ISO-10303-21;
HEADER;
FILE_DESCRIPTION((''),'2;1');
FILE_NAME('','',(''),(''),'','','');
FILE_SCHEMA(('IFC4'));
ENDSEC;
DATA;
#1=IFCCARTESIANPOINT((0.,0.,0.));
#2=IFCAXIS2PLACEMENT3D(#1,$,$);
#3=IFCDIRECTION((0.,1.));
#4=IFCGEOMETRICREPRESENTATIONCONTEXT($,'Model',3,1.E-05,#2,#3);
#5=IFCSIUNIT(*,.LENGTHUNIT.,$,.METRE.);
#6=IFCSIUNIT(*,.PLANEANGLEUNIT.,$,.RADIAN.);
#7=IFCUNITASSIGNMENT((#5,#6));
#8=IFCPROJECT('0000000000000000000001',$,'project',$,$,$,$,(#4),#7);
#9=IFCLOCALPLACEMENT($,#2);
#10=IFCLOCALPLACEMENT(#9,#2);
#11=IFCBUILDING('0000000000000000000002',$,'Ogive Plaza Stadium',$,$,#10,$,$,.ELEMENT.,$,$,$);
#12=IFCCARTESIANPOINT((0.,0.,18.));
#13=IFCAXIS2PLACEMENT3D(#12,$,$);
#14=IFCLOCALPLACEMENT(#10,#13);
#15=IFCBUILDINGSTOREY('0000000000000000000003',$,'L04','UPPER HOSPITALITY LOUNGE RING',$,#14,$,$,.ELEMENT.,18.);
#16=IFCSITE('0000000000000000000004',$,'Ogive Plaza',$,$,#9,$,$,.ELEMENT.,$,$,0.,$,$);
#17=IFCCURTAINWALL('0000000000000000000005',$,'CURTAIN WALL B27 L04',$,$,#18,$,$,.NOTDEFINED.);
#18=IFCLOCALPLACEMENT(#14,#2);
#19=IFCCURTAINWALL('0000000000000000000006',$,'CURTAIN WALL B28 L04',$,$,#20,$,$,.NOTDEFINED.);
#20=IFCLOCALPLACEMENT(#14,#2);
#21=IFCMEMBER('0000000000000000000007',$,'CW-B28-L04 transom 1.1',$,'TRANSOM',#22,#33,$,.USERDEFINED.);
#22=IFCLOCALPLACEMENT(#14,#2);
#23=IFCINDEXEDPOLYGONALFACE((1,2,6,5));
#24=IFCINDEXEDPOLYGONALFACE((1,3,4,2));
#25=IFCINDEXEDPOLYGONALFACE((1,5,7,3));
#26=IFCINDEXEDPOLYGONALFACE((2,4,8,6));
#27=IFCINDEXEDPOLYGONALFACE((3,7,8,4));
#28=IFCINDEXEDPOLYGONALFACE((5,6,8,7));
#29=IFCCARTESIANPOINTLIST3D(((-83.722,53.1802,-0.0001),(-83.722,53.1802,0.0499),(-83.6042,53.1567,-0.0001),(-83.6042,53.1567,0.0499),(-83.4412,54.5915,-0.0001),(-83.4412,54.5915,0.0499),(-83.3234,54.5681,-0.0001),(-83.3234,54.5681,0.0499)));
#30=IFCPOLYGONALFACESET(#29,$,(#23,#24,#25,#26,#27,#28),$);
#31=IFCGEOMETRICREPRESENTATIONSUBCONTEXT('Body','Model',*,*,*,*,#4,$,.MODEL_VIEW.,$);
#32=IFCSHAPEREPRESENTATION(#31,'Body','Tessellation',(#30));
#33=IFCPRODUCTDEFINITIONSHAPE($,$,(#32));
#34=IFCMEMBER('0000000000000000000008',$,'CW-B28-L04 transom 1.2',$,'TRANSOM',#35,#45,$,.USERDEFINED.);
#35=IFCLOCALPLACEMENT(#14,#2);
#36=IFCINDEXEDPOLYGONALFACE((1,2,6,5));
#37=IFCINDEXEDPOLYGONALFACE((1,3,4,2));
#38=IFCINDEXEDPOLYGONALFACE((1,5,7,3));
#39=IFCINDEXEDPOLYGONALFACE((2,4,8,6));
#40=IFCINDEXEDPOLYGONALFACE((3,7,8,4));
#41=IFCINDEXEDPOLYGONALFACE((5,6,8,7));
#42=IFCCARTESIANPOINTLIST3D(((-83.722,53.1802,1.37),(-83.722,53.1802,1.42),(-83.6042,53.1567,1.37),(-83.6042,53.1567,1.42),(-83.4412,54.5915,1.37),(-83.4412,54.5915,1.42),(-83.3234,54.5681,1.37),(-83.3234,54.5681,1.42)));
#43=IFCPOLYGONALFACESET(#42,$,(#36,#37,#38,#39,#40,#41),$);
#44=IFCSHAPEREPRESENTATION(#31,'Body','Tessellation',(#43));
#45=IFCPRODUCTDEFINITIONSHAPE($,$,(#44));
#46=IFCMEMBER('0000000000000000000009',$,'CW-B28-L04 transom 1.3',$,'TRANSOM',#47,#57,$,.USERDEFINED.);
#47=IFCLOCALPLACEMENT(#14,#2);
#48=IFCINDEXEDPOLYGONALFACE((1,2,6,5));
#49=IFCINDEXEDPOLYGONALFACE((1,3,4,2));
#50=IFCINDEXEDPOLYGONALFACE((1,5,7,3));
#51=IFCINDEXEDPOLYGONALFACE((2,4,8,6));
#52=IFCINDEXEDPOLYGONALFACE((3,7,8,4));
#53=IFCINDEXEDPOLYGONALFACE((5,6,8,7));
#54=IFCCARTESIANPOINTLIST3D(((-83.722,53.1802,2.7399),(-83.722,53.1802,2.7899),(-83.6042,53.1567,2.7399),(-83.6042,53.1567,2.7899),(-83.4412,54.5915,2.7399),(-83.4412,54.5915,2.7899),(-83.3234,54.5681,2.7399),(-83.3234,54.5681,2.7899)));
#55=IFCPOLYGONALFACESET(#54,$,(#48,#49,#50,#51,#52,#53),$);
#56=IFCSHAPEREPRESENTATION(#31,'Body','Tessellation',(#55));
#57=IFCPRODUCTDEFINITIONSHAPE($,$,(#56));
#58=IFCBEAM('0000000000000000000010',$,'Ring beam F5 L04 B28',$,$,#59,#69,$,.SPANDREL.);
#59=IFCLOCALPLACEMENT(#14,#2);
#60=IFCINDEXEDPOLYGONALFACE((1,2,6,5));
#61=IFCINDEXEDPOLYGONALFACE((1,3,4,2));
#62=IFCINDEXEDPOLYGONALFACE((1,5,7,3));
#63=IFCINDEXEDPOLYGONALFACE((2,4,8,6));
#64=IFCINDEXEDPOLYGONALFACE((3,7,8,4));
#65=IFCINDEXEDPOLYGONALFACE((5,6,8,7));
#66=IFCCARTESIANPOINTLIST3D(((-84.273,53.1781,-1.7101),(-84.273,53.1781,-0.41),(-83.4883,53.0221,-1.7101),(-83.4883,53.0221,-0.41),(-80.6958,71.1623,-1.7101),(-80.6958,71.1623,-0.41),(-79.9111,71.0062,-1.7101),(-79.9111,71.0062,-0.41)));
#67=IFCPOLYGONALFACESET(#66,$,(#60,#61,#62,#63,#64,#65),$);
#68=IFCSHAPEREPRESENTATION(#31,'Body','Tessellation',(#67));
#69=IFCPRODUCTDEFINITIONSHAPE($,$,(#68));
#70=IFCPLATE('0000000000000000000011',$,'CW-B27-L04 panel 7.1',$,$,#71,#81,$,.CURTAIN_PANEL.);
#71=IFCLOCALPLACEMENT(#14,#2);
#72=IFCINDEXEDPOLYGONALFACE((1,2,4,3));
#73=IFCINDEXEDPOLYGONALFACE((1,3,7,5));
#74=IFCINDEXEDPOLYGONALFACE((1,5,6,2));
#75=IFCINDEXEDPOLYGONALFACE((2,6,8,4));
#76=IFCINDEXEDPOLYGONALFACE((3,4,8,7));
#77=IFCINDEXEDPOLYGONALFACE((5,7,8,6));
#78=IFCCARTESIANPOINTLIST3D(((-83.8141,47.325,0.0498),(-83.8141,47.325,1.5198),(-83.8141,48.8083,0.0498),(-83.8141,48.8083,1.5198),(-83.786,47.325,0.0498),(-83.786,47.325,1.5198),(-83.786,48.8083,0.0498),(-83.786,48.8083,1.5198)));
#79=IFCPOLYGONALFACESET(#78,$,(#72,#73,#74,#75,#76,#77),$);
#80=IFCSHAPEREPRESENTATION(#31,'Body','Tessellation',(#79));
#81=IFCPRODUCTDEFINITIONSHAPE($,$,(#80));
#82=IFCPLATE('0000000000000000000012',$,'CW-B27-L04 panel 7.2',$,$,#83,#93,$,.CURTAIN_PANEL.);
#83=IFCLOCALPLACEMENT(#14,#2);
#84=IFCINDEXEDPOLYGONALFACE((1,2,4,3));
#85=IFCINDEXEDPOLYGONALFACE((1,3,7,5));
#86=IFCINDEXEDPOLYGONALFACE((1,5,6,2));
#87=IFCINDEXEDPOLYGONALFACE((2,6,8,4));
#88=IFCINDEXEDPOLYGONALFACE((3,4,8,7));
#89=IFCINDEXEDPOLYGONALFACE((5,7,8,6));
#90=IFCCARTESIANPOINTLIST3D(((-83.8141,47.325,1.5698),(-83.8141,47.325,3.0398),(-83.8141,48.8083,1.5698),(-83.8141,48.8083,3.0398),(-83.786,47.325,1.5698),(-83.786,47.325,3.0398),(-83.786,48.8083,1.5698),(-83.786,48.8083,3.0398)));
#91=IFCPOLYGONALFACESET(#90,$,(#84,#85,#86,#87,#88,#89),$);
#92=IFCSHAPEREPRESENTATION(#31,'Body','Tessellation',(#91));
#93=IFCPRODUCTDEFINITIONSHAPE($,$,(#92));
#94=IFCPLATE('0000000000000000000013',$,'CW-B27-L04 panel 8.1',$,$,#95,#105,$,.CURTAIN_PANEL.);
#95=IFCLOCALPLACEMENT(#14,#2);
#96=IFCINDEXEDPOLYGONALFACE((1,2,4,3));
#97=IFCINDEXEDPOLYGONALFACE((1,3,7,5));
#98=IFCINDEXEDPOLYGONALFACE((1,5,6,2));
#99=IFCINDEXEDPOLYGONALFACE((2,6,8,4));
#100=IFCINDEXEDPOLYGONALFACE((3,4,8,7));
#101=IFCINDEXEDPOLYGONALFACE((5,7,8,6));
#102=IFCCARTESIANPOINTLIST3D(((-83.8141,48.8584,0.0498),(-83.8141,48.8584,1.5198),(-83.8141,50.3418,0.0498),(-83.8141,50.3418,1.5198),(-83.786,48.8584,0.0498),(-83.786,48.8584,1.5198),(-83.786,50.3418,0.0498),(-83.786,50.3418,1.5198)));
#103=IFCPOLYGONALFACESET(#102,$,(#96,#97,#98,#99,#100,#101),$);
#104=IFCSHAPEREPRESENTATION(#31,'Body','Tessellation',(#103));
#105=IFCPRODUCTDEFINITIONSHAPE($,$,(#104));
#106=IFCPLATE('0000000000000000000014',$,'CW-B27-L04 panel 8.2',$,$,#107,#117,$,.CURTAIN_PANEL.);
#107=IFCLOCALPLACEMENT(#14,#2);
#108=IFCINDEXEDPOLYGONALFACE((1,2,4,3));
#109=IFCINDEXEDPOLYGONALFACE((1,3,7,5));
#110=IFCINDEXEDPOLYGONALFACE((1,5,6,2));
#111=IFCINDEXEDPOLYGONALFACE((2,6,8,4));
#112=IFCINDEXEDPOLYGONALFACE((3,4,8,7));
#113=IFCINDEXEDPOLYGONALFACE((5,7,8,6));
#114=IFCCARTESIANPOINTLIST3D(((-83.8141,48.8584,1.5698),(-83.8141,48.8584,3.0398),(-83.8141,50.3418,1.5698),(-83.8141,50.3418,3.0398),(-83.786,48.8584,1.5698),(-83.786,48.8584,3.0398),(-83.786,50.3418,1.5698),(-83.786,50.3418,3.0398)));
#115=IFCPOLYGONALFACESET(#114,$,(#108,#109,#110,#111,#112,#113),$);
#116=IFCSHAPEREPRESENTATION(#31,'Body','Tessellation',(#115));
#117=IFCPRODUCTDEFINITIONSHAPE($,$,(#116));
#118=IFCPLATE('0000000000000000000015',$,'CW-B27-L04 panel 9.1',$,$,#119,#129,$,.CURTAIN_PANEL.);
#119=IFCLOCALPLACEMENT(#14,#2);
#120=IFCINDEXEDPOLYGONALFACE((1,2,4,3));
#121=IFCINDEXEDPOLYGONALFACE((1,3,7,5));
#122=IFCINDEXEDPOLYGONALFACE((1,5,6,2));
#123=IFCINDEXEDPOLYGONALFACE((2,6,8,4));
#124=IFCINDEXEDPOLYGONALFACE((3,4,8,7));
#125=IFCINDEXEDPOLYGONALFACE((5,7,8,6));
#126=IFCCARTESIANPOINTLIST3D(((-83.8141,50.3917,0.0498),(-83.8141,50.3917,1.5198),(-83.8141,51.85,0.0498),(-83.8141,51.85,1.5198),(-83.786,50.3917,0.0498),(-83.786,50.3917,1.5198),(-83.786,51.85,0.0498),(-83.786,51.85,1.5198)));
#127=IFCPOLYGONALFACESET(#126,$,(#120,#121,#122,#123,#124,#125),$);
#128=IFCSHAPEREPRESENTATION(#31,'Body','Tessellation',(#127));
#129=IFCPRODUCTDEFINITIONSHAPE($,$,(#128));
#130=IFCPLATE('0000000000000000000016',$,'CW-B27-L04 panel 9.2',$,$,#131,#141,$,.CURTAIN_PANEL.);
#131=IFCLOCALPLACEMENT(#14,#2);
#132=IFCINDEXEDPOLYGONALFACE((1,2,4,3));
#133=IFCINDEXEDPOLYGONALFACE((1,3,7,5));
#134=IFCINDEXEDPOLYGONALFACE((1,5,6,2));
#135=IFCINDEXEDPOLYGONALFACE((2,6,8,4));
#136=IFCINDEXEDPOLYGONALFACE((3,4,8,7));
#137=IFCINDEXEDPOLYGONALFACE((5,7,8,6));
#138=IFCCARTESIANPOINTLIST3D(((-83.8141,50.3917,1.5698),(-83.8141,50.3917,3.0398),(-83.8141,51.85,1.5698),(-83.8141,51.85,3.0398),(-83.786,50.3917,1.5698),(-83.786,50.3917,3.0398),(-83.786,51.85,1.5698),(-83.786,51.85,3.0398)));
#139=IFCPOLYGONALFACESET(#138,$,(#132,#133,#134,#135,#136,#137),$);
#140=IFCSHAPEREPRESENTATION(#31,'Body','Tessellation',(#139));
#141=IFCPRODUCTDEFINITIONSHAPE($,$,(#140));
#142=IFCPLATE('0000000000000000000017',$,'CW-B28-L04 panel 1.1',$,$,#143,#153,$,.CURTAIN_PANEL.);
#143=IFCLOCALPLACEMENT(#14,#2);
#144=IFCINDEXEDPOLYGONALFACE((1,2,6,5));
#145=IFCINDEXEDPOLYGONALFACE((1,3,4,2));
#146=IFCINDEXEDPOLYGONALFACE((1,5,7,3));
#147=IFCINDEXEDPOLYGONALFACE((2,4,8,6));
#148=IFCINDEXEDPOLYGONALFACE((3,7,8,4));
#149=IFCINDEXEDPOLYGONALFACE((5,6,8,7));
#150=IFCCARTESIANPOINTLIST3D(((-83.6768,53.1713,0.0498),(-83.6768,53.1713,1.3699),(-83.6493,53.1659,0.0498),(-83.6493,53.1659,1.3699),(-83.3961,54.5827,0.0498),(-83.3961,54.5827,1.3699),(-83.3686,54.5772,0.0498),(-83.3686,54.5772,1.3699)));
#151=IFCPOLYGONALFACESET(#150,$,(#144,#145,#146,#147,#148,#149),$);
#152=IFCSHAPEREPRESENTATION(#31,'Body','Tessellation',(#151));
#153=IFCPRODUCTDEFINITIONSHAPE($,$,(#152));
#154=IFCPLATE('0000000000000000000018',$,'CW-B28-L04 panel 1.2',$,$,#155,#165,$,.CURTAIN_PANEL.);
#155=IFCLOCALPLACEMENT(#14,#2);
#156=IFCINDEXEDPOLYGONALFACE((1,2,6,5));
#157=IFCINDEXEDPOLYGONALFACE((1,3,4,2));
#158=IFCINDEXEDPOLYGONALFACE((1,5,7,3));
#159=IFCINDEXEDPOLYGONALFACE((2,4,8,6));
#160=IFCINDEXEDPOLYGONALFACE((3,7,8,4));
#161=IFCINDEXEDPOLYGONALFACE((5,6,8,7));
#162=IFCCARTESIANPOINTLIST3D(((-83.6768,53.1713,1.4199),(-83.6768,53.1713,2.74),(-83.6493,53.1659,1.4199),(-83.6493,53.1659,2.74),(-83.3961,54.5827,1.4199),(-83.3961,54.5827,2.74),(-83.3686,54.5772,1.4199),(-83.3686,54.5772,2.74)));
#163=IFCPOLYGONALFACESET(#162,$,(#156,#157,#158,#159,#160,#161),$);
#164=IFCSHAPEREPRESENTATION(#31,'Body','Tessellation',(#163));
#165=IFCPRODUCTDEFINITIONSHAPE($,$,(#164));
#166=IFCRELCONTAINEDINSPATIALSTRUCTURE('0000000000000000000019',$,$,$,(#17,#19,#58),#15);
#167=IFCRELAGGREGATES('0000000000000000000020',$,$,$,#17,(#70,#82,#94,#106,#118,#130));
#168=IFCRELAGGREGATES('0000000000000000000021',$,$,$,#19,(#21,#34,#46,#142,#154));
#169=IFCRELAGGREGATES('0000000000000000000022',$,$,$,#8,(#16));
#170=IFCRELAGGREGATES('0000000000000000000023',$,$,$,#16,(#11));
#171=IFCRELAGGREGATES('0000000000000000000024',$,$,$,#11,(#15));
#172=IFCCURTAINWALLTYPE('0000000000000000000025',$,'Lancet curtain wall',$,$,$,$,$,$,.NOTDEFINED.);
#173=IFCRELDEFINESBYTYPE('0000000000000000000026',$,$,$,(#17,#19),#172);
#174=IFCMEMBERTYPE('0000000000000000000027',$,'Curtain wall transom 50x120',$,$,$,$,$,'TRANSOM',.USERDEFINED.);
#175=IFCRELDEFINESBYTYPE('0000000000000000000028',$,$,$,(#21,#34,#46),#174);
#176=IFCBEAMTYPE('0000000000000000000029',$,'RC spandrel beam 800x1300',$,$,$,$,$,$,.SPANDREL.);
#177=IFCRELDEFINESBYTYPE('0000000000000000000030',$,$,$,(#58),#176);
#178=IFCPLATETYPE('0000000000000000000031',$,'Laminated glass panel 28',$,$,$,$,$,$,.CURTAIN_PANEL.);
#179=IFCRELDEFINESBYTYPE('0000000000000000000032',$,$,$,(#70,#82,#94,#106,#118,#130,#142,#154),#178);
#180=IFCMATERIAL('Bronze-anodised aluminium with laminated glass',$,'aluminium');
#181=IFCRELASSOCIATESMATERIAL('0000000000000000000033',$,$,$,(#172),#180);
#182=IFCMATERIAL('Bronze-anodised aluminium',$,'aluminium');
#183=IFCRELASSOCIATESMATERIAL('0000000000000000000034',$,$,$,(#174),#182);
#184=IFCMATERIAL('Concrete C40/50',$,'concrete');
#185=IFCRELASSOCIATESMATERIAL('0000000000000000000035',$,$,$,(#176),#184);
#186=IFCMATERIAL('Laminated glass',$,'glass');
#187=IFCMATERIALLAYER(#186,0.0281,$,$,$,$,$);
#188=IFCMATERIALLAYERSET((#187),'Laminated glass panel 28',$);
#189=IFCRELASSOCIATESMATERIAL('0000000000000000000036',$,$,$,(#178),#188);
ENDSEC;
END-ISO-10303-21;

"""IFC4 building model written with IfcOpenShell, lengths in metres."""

from ifc_helpers import new_model, si_unit, direction, frame, origin, origin_2d, place, context, subcontext, project, spatial, rectangle, extrude, material, layer, layer_set, material_profile, profile_set, type_object, element, aggregate, save


model = new_model("IFC4")

# Units and contexts
model_context = context("Model", 3, precision=1e-05, world=origin(), true_north=direction((0.0, 1.0)))
body_context = subcontext(model_context, "Body", "Model", "MODEL_VIEW")
ifc_project = project(units=[si_unit("LENGTHUNIT", "METRE"), si_unit("PLANEANGLEUNIT", "RADIAN")], contexts=[model_context])

# Site, building, storey
site_placement = place(None, origin())
site = spatial("IfcSite", under=ifc_project, at=site_placement, Name="Ogive Plaza", CompositionType="ELEMENT", RefElevation=0.0)
building_placement = place(site_placement, origin())
building = spatial("IfcBuilding", under=site, at=building_placement, Name="Ogive Plaza Stadium", CompositionType="ELEMENT")
storey_placement = place(building_placement, frame((0.0, 0.0, 18.0)))
storey = spatial("IfcBuildingStorey", under=building, at=storey_placement, Name="L04", Description="UPPER HOSPITALITY LOUNGE RING", CompositionType="ELEMENT", Elevation=18.0)

# Curtain wall
ifc_material_1 = material(Name="Bronze-anodised aluminium with laminated glass", Category="aluminium")
curtain_wall_type = type_object("IfcCurtainWallType", Name="Lancet curtain wall", PredefinedType="NOTDEFINED", material=ifc_material_1)
curtain_wall_1_placement = place(storey_placement, origin())
curtain_wall_1 = element("IfcCurtainWall", 1, at=curtain_wall_1_placement, inside=storey, type_object=curtain_wall_type, Name="CURTAIN WALL B27 L04", PredefinedType="NOTDEFINED")

# Curtain wall
curtain_wall_2_placement = place(storey_placement, origin())
curtain_wall_2 = element("IfcCurtainWall", 2, at=curtain_wall_2_placement, inside=storey, type_object=curtain_wall_type, Name="CURTAIN WALL B28 L04", PredefinedType="NOTDEFINED")

# Members
ifc_material_2 = material(Name="Bronze-anodised aluminium", Category="aluminium")
ifc_material_profile_1 = material_profile(ifc_material_2, rectangle(XDim=0.1201, YDim=0.05, at=origin_2d()), Name="AL 120x50")
ifc_profile_set_1 = profile_set([ifc_material_profile_1], Name="Bronze-anodised aluminium")
member_type_1 = type_object("IfcMemberType", Name="Curtain wall transom 50x120", ElementType="TRANSOM", PredefinedType="USERDEFINED", material=ifc_profile_set_1)
member_1_placement = place(storey_placement, frame((-83.6631, 53.1685, 0.0249), z_axis=(0.195105, 0.980782, 0.0), x_axis=(-0.980782, 0.195105, 0.0)))
member_1 = element("IfcMember", 3, at=member_1_placement, type_object=member_type_1, Name="CW-B28-L04 transom 1.1", ObjectType="TRANSOM", PredefinedType="USERDEFINED", context=body_context, shape_type="SweptSolid", body=[
    extrude(rectangle(XDim=0.1201, YDim=0.05, at=origin_2d()), origin(), (0.0, 0.0, 1.0), 1.439),
])
member_2_placement = place(storey_placement, frame((-83.6631, 53.1685, 1.395), z_axis=(0.195105, 0.980782, 0.0), x_axis=(-0.980782, 0.195105, 0.0)))
member_2 = element("IfcMember", 4, at=member_2_placement, type_object=member_type_1, Name="CW-B28-L04 transom 1.2", ObjectType="TRANSOM", PredefinedType="USERDEFINED", context=body_context, shape_type="SweptSolid", body=[
    extrude(rectangle(XDim=0.1201, YDim=0.05, at=origin_2d()), origin(), (0.0, 0.0, 1.0), 1.439),
])
member_3_placement = place(storey_placement, frame((-83.6631, 53.1685, 2.7649), z_axis=(0.195105, 0.980782, 0.0), x_axis=(-0.980782, 0.195105, 0.0)))
member_3 = element("IfcMember", 5, at=member_3_placement, type_object=member_type_1, Name="CW-B28-L04 transom 1.3", ObjectType="TRANSOM", PredefinedType="USERDEFINED", context=body_context, shape_type="SweptSolid", body=[
    extrude(rectangle(XDim=0.1201, YDim=0.05, at=origin_2d()), origin(), (0.0, 0.0, 1.0), 1.439),
])

# Beam
ifc_material_3 = material(Name="Concrete C40/50", Category="concrete")
ifc_material_profile_2 = material_profile(ifc_material_3, rectangle(XDim=0.8, YDim=1.3, at=origin_2d()), Name="RC 800x1300")
ifc_profile_set_2 = profile_set([ifc_material_profile_2], Name="Concrete C40/50")
beam_type = type_object("IfcBeamType", Name="RC spandrel beam 800x1300", PredefinedType="SPANDREL", material=ifc_profile_set_2)
beam_placement = place(storey_placement, frame((-83.8806, 53.1001, -1.0601), z_axis=(0.195084, 0.980787, 0.0), x_axis=(-0.980787, 0.195084, 0.0)))
element("IfcBeam", 6, at=beam_placement, inside=storey, type_object=beam_type, Name="Ring beam F5 L04 B28", PredefinedType="SPANDREL", context=body_context, shape_type="SweptSolid", body=[
    extrude(rectangle(XDim=0.8, YDim=1.3, at=origin_2d()), origin(), (0.0, 0.0, 1.0), 18.3364),
])

# Plates
ifc_material_4 = material(Name="Laminated glass", Category="glass")
ifc_layer = layer(ifc_material_4, 0.0281)
ifc_layer_set = layer_set([ifc_layer], Name="Laminated glass panel 28")
plate_type = type_object("IfcPlateType", Name="Laminated glass panel 28", PredefinedType="CURTAIN_PANEL", material=ifc_layer_set)
plate_1_placement = place(storey_placement, frame((-83.8, 48.0667, 0.0498), z_axis=(0.0, 0.0, 1.0), x_axis=(0.0, 1.0, 0.0)))
plate_1 = element("IfcPlate", 7, at=plate_1_placement, type_object=plate_type, Name="CW-B27-L04 panel 7.1", PredefinedType="CURTAIN_PANEL", context=body_context, shape_type="SweptSolid", body=[
    extrude(rectangle(XDim=1.4834, YDim=0.0281, at=origin_2d()), origin(), (0.0, 0.0, 1.0), 1.47),
])
plate_2_placement = place(storey_placement, frame((-83.8, 48.0667, 1.5698), z_axis=(0.0, 0.0, 1.0), x_axis=(0.0, 1.0, 0.0)))
plate_2 = element("IfcPlate", 8, at=plate_2_placement, type_object=plate_type, Name="CW-B27-L04 panel 7.2", PredefinedType="CURTAIN_PANEL", context=body_context, shape_type="SweptSolid", body=[
    extrude(rectangle(XDim=1.4834, YDim=0.0281, at=origin_2d()), origin(), (0.0, 0.0, 1.0), 1.47),
])
plate_3_placement = place(storey_placement, frame((-83.8, 49.6001, 0.0498), z_axis=(0.0, 0.0, 1.0), x_axis=(0.0, 1.0, 0.0)))
plate_3 = element("IfcPlate", 9, at=plate_3_placement, type_object=plate_type, Name="CW-B27-L04 panel 8.1", PredefinedType="CURTAIN_PANEL", context=body_context, shape_type="SweptSolid", body=[
    extrude(rectangle(XDim=1.4834, YDim=0.0281, at=origin_2d()), origin(), (0.0, 0.0, 1.0), 1.47),
])
plate_4_placement = place(storey_placement, frame((-83.8, 49.6001, 1.5698), z_axis=(0.0, 0.0, 1.0), x_axis=(0.0, 1.0, 0.0)))
plate_4 = element("IfcPlate", 10, at=plate_4_placement, type_object=plate_type, Name="CW-B27-L04 panel 8.2", PredefinedType="CURTAIN_PANEL", context=body_context, shape_type="SweptSolid", body=[
    extrude(rectangle(XDim=1.4834, YDim=0.0281, at=origin_2d()), origin(), (0.0, 0.0, 1.0), 1.47),
])
plate_5_placement = place(storey_placement, frame((-83.8, 51.1208, 0.0498), z_axis=(0.0, 0.0, 1.0), x_axis=(0.0, 1.0, 0.0)))
plate_5 = element("IfcPlate", 11, at=plate_5_placement, type_object=plate_type, Name="CW-B27-L04 panel 9.1", PredefinedType="CURTAIN_PANEL", context=body_context, shape_type="SweptSolid", body=[
    extrude(rectangle(XDim=1.4583, YDim=0.0281, at=origin_2d()), origin(), (0.0, 0.0, 1.0), 1.47),
])
plate_6_placement = place(storey_placement, frame((-83.8, 51.1208, 1.5698), z_axis=(0.0, 0.0, 1.0), x_axis=(0.0, 1.0, 0.0)))
plate_6 = element("IfcPlate", 12, at=plate_6_placement, type_object=plate_type, Name="CW-B27-L04 panel 9.2", PredefinedType="CURTAIN_PANEL", context=body_context, shape_type="SweptSolid", body=[
    extrude(rectangle(XDim=1.4583, YDim=0.0281, at=origin_2d()), origin(), (0.0, 0.0, 1.0), 1.47),
])
aggregate(curtain_wall_1, [plate_1, plate_2, plate_3, plate_4, plate_5, plate_6])
plate_7_placement = place(storey_placement, frame((-83.5227, 53.8743, 0.0498), z_axis=(0.0, 0.0, 1.0), x_axis=(0.19509, 0.980785, 0.0)))
plate_7 = element("IfcPlate", 13, at=plate_7_placement, type_object=plate_type, Name="CW-B28-L04 panel 1.1", PredefinedType="CURTAIN_PANEL", context=body_context, shape_type="SweptSolid", body=[
    extrude(rectangle(XDim=1.439, YDim=0.0281, at=origin_2d()), origin(), (0.0, 0.0, 1.0), 1.3201),
])
plate_8_placement = place(storey_placement, frame((-83.5227, 53.8743, 1.4199), z_axis=(0.0, 0.0, 1.0), x_axis=(0.19509, 0.980785, 0.0)))
plate_8 = element("IfcPlate", 14, at=plate_8_placement, type_object=plate_type, Name="CW-B28-L04 panel 1.2", PredefinedType="CURTAIN_PANEL", context=body_context, shape_type="SweptSolid", body=[
    extrude(rectangle(XDim=1.439, YDim=0.0281, at=origin_2d()), origin(), (0.0, 0.0, 1.0), 1.3201),
])
aggregate(curtain_wall_2, [member_1, member_2, member_3, plate_7, plate_8])

save(model, "model.ifc")
